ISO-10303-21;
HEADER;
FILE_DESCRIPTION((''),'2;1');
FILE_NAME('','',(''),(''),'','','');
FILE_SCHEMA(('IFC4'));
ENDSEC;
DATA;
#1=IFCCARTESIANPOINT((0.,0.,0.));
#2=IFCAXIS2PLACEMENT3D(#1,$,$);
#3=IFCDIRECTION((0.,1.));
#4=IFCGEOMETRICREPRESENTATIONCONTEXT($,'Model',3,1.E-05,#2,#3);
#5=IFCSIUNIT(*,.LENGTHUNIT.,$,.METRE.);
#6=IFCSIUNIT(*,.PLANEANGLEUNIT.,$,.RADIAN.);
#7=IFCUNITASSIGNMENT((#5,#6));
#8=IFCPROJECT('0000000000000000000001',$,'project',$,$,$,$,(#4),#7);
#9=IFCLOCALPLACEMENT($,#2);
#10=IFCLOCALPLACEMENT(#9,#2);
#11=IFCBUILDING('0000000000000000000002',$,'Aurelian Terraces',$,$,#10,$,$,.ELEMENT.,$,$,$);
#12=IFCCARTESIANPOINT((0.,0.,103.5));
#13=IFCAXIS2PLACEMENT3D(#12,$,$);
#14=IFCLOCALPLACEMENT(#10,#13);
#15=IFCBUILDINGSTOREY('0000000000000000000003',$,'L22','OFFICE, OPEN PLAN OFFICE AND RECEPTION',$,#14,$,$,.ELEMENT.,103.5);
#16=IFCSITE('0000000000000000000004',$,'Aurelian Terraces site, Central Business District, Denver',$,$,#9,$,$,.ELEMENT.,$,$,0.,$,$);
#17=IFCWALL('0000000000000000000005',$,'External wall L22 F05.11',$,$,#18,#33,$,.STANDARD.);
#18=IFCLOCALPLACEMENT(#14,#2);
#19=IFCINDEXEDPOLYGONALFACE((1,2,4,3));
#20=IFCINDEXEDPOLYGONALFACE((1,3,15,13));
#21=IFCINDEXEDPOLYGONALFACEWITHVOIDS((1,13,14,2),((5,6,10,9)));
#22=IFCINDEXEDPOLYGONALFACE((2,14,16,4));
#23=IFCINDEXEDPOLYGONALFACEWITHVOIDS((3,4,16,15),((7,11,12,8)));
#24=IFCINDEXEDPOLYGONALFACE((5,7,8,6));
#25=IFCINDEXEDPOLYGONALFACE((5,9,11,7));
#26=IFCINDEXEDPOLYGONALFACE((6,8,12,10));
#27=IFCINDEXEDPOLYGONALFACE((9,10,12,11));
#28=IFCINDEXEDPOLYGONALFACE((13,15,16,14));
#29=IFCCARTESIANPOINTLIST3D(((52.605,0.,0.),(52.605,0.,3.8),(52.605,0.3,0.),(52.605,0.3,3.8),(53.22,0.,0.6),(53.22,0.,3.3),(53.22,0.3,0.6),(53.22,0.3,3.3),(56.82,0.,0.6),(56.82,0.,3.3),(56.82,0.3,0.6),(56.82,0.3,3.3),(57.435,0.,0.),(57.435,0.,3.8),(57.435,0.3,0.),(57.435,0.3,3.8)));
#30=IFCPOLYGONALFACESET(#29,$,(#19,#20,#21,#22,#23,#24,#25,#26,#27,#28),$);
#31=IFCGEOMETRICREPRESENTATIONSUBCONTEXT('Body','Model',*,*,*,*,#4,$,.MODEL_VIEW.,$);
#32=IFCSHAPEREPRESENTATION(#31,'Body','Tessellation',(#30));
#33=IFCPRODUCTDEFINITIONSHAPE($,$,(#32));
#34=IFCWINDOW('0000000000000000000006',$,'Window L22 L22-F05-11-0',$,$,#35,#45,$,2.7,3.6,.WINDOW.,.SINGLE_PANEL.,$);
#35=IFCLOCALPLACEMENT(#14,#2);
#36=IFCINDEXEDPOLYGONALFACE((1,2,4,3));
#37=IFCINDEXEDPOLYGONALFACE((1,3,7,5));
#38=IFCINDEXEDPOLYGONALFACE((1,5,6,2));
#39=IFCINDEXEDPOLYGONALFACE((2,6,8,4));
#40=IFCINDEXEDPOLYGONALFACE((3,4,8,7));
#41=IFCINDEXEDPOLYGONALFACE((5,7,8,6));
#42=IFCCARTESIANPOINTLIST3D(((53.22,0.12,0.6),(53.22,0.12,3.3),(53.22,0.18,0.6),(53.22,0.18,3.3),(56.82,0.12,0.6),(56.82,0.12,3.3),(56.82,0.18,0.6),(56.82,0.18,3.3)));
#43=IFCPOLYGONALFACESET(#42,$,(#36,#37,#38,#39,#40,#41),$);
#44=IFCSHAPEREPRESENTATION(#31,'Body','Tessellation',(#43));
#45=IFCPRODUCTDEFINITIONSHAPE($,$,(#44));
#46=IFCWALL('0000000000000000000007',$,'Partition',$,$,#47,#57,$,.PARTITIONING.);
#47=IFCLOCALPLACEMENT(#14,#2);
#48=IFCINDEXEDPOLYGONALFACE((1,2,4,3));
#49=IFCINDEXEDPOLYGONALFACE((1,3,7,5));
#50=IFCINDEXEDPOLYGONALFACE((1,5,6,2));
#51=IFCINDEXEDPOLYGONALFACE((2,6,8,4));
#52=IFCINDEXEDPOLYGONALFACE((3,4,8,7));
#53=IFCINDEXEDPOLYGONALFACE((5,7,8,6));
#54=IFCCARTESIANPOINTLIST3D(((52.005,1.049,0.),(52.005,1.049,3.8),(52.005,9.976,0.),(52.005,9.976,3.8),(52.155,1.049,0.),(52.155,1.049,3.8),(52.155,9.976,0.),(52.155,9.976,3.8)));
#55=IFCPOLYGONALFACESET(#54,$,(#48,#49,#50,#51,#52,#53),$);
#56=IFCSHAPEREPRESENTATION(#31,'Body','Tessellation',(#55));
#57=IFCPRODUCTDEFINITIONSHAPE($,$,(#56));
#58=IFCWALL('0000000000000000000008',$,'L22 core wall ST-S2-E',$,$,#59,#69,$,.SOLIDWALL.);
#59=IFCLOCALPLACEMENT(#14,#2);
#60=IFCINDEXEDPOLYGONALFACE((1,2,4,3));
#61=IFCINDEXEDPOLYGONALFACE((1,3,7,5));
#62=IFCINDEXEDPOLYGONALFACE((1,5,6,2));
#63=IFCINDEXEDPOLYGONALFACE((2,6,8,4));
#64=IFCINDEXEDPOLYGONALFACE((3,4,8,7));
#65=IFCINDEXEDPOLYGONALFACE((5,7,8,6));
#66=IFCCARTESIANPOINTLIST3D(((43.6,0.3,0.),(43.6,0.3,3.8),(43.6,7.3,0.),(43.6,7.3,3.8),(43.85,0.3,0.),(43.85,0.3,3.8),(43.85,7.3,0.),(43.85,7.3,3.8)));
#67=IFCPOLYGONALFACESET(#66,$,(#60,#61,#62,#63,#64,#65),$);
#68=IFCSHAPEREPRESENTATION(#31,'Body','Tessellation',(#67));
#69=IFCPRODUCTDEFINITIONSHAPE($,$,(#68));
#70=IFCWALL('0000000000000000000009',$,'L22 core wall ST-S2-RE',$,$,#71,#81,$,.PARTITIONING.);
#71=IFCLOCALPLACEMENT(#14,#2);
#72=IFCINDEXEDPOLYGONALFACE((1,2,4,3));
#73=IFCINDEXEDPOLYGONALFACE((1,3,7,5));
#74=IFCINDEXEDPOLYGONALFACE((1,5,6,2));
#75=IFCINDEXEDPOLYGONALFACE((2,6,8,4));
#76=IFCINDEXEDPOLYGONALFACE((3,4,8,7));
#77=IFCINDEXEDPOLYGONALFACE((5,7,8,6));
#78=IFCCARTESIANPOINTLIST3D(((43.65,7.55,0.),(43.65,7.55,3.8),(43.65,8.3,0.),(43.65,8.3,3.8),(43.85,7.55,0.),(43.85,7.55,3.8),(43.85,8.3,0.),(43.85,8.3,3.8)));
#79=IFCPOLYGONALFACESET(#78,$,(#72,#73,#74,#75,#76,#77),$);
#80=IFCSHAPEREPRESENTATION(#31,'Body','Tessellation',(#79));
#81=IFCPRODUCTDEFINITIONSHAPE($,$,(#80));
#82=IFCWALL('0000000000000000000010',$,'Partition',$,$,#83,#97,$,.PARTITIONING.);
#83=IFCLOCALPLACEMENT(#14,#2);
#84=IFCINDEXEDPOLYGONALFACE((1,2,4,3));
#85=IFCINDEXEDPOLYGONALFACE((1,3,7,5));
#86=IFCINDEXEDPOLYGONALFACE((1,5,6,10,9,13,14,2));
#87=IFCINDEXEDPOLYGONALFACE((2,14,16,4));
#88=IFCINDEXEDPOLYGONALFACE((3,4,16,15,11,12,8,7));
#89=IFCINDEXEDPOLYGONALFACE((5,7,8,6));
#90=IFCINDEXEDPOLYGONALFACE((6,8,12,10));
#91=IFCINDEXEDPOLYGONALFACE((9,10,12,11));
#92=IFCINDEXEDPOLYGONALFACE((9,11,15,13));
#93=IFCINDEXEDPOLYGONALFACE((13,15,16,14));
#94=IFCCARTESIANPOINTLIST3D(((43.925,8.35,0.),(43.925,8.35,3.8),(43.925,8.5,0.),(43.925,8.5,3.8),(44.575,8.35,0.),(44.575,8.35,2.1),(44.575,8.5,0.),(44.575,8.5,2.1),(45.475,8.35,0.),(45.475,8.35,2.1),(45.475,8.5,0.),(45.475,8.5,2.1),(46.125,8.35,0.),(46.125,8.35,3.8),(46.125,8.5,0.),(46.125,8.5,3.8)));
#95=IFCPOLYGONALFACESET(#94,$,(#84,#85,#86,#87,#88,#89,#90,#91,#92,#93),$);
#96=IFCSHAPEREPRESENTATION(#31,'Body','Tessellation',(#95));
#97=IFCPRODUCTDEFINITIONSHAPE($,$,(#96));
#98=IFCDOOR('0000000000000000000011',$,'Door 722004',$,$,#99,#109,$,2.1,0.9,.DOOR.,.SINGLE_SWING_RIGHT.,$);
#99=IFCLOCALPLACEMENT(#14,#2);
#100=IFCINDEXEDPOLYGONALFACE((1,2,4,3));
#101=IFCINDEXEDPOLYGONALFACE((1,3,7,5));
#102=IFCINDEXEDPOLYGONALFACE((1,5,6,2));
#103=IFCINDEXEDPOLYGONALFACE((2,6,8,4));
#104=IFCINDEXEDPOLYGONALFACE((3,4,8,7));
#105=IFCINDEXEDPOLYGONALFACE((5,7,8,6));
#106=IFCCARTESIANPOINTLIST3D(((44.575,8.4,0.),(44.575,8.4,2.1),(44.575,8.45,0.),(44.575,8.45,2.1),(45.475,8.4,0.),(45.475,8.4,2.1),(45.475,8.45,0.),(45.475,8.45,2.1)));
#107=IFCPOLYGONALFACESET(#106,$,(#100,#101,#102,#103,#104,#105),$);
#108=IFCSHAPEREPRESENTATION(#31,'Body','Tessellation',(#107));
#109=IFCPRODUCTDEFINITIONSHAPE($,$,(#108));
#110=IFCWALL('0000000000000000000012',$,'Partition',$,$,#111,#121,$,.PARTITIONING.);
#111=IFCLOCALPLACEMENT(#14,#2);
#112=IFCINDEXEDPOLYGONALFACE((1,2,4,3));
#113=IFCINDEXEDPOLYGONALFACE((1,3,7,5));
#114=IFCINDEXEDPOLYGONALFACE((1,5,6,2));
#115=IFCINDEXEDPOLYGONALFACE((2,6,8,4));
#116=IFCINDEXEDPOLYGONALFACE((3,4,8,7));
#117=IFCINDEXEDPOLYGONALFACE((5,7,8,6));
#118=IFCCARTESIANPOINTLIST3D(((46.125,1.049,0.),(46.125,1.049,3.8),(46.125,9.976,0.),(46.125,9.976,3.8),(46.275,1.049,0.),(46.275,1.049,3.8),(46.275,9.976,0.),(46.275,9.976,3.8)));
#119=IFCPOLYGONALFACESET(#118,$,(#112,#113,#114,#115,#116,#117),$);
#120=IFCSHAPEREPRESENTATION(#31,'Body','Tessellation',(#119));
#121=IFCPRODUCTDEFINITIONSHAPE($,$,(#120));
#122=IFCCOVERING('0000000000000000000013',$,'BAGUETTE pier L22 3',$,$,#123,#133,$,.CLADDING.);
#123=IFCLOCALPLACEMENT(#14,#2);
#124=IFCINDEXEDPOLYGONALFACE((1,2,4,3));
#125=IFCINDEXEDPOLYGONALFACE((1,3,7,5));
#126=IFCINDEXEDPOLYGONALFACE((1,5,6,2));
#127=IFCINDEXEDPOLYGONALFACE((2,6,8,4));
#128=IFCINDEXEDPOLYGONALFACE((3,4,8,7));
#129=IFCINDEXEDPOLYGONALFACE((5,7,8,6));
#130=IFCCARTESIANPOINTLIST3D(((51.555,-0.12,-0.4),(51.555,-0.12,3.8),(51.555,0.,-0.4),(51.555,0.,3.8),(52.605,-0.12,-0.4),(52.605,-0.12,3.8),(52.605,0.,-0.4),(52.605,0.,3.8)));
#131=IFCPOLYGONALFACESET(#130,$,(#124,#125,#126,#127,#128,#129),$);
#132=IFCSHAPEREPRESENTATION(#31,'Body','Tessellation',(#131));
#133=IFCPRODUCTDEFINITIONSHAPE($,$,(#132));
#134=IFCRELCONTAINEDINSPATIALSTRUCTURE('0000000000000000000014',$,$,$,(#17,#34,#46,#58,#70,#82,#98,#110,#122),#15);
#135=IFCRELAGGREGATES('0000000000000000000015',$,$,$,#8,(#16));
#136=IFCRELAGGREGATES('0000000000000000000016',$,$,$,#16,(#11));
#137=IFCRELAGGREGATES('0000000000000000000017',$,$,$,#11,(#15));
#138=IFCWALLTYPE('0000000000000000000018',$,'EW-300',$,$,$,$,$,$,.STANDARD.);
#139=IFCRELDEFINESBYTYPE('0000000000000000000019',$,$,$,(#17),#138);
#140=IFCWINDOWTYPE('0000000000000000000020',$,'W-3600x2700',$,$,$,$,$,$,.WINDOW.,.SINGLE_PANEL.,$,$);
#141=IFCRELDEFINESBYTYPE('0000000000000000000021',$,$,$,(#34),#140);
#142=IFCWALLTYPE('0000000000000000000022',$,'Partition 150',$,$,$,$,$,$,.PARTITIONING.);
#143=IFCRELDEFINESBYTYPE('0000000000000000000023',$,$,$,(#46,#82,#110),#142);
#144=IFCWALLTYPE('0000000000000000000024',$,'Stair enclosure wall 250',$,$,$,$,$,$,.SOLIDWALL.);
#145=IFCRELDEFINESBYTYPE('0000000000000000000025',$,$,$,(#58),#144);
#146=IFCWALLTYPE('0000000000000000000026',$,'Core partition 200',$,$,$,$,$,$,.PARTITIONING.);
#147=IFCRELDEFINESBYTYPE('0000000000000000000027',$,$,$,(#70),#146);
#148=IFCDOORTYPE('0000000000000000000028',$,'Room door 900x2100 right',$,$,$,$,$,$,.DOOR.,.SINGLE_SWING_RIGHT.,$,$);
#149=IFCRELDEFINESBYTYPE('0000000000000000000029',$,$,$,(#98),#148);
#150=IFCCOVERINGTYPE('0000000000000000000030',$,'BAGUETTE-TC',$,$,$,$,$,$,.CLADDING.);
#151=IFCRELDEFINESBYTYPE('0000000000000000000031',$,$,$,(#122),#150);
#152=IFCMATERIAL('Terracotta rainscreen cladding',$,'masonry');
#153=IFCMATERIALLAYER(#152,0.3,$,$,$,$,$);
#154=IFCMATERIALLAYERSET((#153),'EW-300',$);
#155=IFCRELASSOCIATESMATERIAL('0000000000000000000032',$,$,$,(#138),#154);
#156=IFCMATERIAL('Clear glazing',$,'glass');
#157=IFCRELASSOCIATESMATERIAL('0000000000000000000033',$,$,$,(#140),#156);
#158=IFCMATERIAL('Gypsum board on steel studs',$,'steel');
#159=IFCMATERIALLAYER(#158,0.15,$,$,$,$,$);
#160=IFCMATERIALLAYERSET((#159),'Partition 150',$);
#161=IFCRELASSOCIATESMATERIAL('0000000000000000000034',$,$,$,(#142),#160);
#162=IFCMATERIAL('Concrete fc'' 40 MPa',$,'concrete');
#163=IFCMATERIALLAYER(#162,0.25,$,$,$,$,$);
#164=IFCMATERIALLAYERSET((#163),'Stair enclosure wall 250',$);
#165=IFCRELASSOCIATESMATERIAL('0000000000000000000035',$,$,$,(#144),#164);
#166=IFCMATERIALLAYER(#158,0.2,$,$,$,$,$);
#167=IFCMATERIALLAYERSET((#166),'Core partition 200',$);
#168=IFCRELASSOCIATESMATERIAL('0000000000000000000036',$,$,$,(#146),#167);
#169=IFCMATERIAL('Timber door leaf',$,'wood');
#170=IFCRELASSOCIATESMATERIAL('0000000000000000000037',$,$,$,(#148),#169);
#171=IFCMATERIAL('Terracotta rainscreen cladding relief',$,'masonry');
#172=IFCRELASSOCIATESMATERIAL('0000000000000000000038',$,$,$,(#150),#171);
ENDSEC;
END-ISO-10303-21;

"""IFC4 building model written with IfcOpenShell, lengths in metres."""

from ifc_helpers import new_model, si_unit, direction, frame, frame_2d, origin, origin_2d, place, context, subcontext, project, spatial, rectangle, extrude, source, transform, mapped, material, layer, layer_set, type_object, element, fill, save


model = new_model("IFC4")

# Units and contexts
model_context = context("Model", 3, precision=1e-05, world=origin(), true_north=direction((0.0, 1.0)))
body_context = subcontext(model_context, "Body", "Model", "MODEL_VIEW")
ifc_project = project(units=[si_unit("LENGTHUNIT", "METRE"), si_unit("PLANEANGLEUNIT", "RADIAN")], contexts=[model_context])

# Site, building, storey
site_placement = place(None, origin())
site = spatial("IfcSite", under=ifc_project, at=site_placement, Name="Aurelian Terraces site, Central Business District, Denver", CompositionType="ELEMENT", RefElevation=0.0)
building_placement = place(site_placement, origin())
building = spatial("IfcBuilding", under=site, at=building_placement, Name="Aurelian Terraces", CompositionType="ELEMENT")
storey_placement = place(building_placement, frame((0.0, 0.0, 103.5)))
storey = spatial("IfcBuildingStorey", under=building, at=storey_placement, Name="L22", Description="OFFICE, OPEN PLAN OFFICE AND RECEPTION", CompositionType="ELEMENT", Elevation=103.5)

# Shared definitions
ifc_material_1 = material(Name="Concrete fc' 40 MPa", Category="concrete")

# Wall, opening, window
ifc_material_2 = material(Name="Terracotta rainscreen cladding", Category="masonry")
ifc_layer_1 = layer(ifc_material_2, 0.3)
ifc_layer_set_1 = layer_set([ifc_layer_1], Name="EW-300")
wall_type_1 = type_object("IfcWallType", Name="EW-300", PredefinedType="STANDARD", material=ifc_layer_set_1)
ifc_material_3 = material(Name="Clear glazing", Category="glass")
shared_shape_1 = source(origin(), body_context, "Body", "SweptSolid", [
    extrude(rectangle(XDim=3.6, YDim=2.7, at=frame_2d((1.8, 1.35))), frame((0.0, 0.16, 0.0), z_axis=(0.0, -1.0, 0.0), x_axis=(1.0, 0.0, 0.0)), (0.0, 0.0, 1.0), 0.32),
])
window_type_1 = type_object("IfcWindowType", Name="W-3600x2700", PartitioningType="SINGLE_PANEL", PredefinedType="WINDOW", material=ifc_material_3)
shared_shape_2 = source(origin(), body_context, "Body", "SweptSolid", [
    extrude(rectangle(XDim=3.6, YDim=2.7, at=frame_2d((1.8, 1.35))), frame((0.0, 0.03, 0.0), z_axis=(0.0, -1.0, 0.0), x_axis=(1.0, 0.0, 0.0)), (0.0, 0.0, 1.0), 0.06),
])
wall_1_placement = place(storey_placement, frame((52.605, 0.15, 0.0), z_axis=(0.0, 0.0, 1.0), x_axis=(1.0, 0.0, 0.0)))
wall_1 = element("IfcWall", 1, at=wall_1_placement, inside=storey, type_object=wall_type_1, Name="External wall L22 F05.11", PredefinedType="STANDARD", context=body_context, shape_type="SweptSolid", body=[
    extrude(rectangle(XDim=4.83, YDim=0.3, at=frame_2d((2.415, 0.0))), origin(), (0.0, 0.0, 1.0), 3.8),
])
opening_1_placement = place(wall_1_placement, frame((0.615, 0.0, 0.6)))
opening_1 = element("IfcOpeningElement", 2, at=opening_1_placement, cuts=wall_1, PredefinedType="OPENING", context=body_context, shape_type="MappedRepresentation", body=[
    mapped(shared_shape_1, transform((0.0, 0.0, 0.0), scale=1.0)),
])
window_1_placement = place(opening_1_placement, origin())
window_1 = element("IfcWindow", 3, at=window_1_placement, inside=storey, type_object=window_type_1, Name="Window L22 L22-F05-11-0", OverallHeight=2.7, OverallWidth=3.6, PartitioningType="SINGLE_PANEL", PredefinedType="WINDOW", context=body_context, shape_type="MappedRepresentation", body=[
    mapped(shared_shape_2, transform((0.0, 0.0, 0.0), scale=1.0)),
])
fill(opening_1, window_1)

# Walls
ifc_material_4 = material(Name="Gypsum board on steel studs", Category="steel")
ifc_layer_2 = layer(ifc_material_4, 0.15)
ifc_layer_set_2 = layer_set([ifc_layer_2], Name="Partition 150")
wall_type_2 = type_object("IfcWallType", Name="Partition 150", PredefinedType="PARTITIONING", material=ifc_layer_set_2)
wall_2_placement = place(storey_placement, frame((52.08, 1.049, 0.0), z_axis=(0.0, 0.0, 1.0), x_axis=(0.0, 1.0, 0.0)))
element("IfcWall", 4, at=wall_2_placement, inside=storey, type_object=wall_type_2, Name="Partition", PredefinedType="PARTITIONING", context=body_context, shape_type="SweptSolid", body=[
    extrude(rectangle(XDim=8.927, YDim=0.15, at=frame_2d((4.4635, 0.0))), origin(), (0.0, 0.0, 1.0), 3.8),
])
ifc_layer_3 = layer(ifc_material_1, 0.25)
ifc_layer_set_3 = layer_set([ifc_layer_3], Name="Stair enclosure wall 250")
wall_type_3 = type_object("IfcWallType", Name="Stair enclosure wall 250", PredefinedType="SOLIDWALL", material=ifc_layer_set_3)
shared_shape_3 = source(origin(), body_context, "Body", "SweptSolid", [
    extrude(rectangle(XDim=7.0, YDim=0.25, at=frame_2d((3.5, 0.0))), origin(), (0.0, 0.0, 1.0), 3.8),
])
wall_3_placement = place(storey_placement, frame((43.725, 0.3, 0.0), z_axis=(0.0, 0.0, 1.0), x_axis=(0.0, 1.0, 0.0)))
element("IfcWall", 5, at=wall_3_placement, inside=storey, type_object=wall_type_3, Name="L22 core wall ST-S2-E", PredefinedType="SOLIDWALL", context=body_context, shape_type="MappedRepresentation", body=[
    mapped(shared_shape_3, transform((0.0, 0.0, 0.0), scale=1.0)),
])
ifc_layer_4 = layer(ifc_material_4, 0.2)
ifc_layer_set_4 = layer_set([ifc_layer_4], Name="Core partition 200")
wall_type_4 = type_object("IfcWallType", Name="Core partition 200", PredefinedType="PARTITIONING", material=ifc_layer_set_4)
shared_shape_4 = source(origin(), body_context, "Body", "SweptSolid", [
    extrude(rectangle(XDim=0.75, YDim=0.2, at=frame_2d((0.375, 0.0))), origin(), (0.0, 0.0, 1.0), 3.8),
])
wall_4_placement = place(storey_placement, frame((43.75, 7.55, 0.0), z_axis=(0.0, 0.0, 1.0), x_axis=(0.0, 1.0, 0.0)))
element("IfcWall", 6, at=wall_4_placement, inside=storey, type_object=wall_type_4, Name="L22 core wall ST-S2-RE", PredefinedType="PARTITIONING", context=body_context, shape_type="MappedRepresentation", body=[
    mapped(shared_shape_4, transform((0.0, 0.0, 0.0), scale=1.0)),
])

# Wall, opening, door
shared_shape_5 = source(origin(), body_context, "Body", "SweptSolid", [
    extrude(rectangle(XDim=2.2, YDim=0.15, at=frame_2d((1.1, 0.0))), origin(), (0.0, 0.0, 1.0), 3.8),
])
wall_5_placement = place(storey_placement, frame((46.125, 8.425, 0.0), z_axis=(0.0, 0.0, 1.0), x_axis=(-1.0, 0.0, 0.0)))
wall_5 = element("IfcWall", 7, at=wall_5_placement, inside=storey, type_object=wall_type_2, Name="Partition", PredefinedType="PARTITIONING", context=body_context, shape_type="MappedRepresentation", body=[
    mapped(shared_shape_5, transform((0.0, 0.0, 0.0), scale=1.0)),
])
shared_shape_6 = source(origin(), body_context, "Body", "SweptSolid", [
    extrude(rectangle(XDim=0.9, YDim=2.1, at=frame_2d((0.45, 1.05))), frame((0.0, 0.085, 0.0), z_axis=(0.0, -1.0, 0.0), x_axis=(1.0, 0.0, 0.0)), (0.0, 0.0, 1.0), 0.17),
])
opening_2_placement = place(wall_5_placement, frame((0.65, 0.0, 0.0)))
opening_2 = element("IfcOpeningElement", 8, at=opening_2_placement, cuts=wall_5, PredefinedType="OPENING", context=body_context, shape_type="MappedRepresentation", body=[
    mapped(shared_shape_6, transform((0.0, 0.0, 0.0), scale=1.0)),
])
ifc_material_5 = material(Name="Timber door leaf", Category="wood")
door_type = type_object("IfcDoorType", Name="Room door 900x2100 right", OperationType="SINGLE_SWING_RIGHT", PredefinedType="DOOR", material=ifc_material_5)
shared_shape_7 = source(origin(), body_context, "Body", "SweptSolid", [
    extrude(rectangle(XDim=0.9, YDim=2.1, at=frame_2d((0.45, 1.05))), frame((0.0, 0.025, 0.0), z_axis=(0.0, -1.0, 0.0), x_axis=(1.0, 0.0, 0.0)), (0.0, 0.0, 1.0), 0.05),
])
door_placement = place(opening_2_placement, origin())
door = element("IfcDoor", 9, at=door_placement, inside=storey, type_object=door_type, Name="Door 722004", OperationType="SINGLE_SWING_RIGHT", OverallHeight=2.1, OverallWidth=0.9, PredefinedType="DOOR", context=body_context, shape_type="MappedRepresentation", body=[
    mapped(shared_shape_7, transform((0.0, 0.0, 0.0), scale=1.0)),
])
fill(opening_2, door)

# Wall
shared_shape_8 = source(origin(), body_context, "Body", "SweptSolid", [
    extrude(rectangle(XDim=8.927, YDim=0.15, at=frame_2d((4.4635, 0.0))), origin(), (0.0, 0.0, 1.0), 3.8),
])
wall_6_placement = place(storey_placement, frame((46.2, 1.049, 0.0), z_axis=(0.0, 0.0, 1.0), x_axis=(0.0, 1.0, 0.0)))
element("IfcWall", 10, at=wall_6_placement, inside=storey, type_object=wall_type_2, Name="Partition", PredefinedType="PARTITIONING", context=body_context, shape_type="MappedRepresentation", body=[
    mapped(shared_shape_8, transform((0.0, 0.0, 0.0), scale=1.0)),
])

# Covering
ifc_material_6 = material(Name="Terracotta rainscreen cladding relief", Category="masonry")
covering_type = type_object("IfcCoveringType", Name="BAGUETTE-TC", PredefinedType="CLADDING", material=ifc_material_6)
shared_shape_9 = source(origin(), body_context, "Body", "SweptSolid", [
    extrude(rectangle(XDim=1.05, YDim=0.12, at=origin_2d()), origin(), (0.0, 0.0, 1.0), 4.2),
])
covering_placement = place(storey_placement, frame((52.08, -0.06, -0.4), z_axis=(0.0, 0.0, 1.0), x_axis=(1.0, 0.0, 0.0)))
element("IfcCovering", 11, at=covering_placement, inside=storey, type_object=covering_type, Name="BAGUETTE pier L22 3", PredefinedType="CLADDING", context=body_context, shape_type="MappedRepresentation", body=[
    mapped(shared_shape_9, transform((0.0, 0.0, 0.0), scale=1.0)),
])

save(model, "model.ifc")
